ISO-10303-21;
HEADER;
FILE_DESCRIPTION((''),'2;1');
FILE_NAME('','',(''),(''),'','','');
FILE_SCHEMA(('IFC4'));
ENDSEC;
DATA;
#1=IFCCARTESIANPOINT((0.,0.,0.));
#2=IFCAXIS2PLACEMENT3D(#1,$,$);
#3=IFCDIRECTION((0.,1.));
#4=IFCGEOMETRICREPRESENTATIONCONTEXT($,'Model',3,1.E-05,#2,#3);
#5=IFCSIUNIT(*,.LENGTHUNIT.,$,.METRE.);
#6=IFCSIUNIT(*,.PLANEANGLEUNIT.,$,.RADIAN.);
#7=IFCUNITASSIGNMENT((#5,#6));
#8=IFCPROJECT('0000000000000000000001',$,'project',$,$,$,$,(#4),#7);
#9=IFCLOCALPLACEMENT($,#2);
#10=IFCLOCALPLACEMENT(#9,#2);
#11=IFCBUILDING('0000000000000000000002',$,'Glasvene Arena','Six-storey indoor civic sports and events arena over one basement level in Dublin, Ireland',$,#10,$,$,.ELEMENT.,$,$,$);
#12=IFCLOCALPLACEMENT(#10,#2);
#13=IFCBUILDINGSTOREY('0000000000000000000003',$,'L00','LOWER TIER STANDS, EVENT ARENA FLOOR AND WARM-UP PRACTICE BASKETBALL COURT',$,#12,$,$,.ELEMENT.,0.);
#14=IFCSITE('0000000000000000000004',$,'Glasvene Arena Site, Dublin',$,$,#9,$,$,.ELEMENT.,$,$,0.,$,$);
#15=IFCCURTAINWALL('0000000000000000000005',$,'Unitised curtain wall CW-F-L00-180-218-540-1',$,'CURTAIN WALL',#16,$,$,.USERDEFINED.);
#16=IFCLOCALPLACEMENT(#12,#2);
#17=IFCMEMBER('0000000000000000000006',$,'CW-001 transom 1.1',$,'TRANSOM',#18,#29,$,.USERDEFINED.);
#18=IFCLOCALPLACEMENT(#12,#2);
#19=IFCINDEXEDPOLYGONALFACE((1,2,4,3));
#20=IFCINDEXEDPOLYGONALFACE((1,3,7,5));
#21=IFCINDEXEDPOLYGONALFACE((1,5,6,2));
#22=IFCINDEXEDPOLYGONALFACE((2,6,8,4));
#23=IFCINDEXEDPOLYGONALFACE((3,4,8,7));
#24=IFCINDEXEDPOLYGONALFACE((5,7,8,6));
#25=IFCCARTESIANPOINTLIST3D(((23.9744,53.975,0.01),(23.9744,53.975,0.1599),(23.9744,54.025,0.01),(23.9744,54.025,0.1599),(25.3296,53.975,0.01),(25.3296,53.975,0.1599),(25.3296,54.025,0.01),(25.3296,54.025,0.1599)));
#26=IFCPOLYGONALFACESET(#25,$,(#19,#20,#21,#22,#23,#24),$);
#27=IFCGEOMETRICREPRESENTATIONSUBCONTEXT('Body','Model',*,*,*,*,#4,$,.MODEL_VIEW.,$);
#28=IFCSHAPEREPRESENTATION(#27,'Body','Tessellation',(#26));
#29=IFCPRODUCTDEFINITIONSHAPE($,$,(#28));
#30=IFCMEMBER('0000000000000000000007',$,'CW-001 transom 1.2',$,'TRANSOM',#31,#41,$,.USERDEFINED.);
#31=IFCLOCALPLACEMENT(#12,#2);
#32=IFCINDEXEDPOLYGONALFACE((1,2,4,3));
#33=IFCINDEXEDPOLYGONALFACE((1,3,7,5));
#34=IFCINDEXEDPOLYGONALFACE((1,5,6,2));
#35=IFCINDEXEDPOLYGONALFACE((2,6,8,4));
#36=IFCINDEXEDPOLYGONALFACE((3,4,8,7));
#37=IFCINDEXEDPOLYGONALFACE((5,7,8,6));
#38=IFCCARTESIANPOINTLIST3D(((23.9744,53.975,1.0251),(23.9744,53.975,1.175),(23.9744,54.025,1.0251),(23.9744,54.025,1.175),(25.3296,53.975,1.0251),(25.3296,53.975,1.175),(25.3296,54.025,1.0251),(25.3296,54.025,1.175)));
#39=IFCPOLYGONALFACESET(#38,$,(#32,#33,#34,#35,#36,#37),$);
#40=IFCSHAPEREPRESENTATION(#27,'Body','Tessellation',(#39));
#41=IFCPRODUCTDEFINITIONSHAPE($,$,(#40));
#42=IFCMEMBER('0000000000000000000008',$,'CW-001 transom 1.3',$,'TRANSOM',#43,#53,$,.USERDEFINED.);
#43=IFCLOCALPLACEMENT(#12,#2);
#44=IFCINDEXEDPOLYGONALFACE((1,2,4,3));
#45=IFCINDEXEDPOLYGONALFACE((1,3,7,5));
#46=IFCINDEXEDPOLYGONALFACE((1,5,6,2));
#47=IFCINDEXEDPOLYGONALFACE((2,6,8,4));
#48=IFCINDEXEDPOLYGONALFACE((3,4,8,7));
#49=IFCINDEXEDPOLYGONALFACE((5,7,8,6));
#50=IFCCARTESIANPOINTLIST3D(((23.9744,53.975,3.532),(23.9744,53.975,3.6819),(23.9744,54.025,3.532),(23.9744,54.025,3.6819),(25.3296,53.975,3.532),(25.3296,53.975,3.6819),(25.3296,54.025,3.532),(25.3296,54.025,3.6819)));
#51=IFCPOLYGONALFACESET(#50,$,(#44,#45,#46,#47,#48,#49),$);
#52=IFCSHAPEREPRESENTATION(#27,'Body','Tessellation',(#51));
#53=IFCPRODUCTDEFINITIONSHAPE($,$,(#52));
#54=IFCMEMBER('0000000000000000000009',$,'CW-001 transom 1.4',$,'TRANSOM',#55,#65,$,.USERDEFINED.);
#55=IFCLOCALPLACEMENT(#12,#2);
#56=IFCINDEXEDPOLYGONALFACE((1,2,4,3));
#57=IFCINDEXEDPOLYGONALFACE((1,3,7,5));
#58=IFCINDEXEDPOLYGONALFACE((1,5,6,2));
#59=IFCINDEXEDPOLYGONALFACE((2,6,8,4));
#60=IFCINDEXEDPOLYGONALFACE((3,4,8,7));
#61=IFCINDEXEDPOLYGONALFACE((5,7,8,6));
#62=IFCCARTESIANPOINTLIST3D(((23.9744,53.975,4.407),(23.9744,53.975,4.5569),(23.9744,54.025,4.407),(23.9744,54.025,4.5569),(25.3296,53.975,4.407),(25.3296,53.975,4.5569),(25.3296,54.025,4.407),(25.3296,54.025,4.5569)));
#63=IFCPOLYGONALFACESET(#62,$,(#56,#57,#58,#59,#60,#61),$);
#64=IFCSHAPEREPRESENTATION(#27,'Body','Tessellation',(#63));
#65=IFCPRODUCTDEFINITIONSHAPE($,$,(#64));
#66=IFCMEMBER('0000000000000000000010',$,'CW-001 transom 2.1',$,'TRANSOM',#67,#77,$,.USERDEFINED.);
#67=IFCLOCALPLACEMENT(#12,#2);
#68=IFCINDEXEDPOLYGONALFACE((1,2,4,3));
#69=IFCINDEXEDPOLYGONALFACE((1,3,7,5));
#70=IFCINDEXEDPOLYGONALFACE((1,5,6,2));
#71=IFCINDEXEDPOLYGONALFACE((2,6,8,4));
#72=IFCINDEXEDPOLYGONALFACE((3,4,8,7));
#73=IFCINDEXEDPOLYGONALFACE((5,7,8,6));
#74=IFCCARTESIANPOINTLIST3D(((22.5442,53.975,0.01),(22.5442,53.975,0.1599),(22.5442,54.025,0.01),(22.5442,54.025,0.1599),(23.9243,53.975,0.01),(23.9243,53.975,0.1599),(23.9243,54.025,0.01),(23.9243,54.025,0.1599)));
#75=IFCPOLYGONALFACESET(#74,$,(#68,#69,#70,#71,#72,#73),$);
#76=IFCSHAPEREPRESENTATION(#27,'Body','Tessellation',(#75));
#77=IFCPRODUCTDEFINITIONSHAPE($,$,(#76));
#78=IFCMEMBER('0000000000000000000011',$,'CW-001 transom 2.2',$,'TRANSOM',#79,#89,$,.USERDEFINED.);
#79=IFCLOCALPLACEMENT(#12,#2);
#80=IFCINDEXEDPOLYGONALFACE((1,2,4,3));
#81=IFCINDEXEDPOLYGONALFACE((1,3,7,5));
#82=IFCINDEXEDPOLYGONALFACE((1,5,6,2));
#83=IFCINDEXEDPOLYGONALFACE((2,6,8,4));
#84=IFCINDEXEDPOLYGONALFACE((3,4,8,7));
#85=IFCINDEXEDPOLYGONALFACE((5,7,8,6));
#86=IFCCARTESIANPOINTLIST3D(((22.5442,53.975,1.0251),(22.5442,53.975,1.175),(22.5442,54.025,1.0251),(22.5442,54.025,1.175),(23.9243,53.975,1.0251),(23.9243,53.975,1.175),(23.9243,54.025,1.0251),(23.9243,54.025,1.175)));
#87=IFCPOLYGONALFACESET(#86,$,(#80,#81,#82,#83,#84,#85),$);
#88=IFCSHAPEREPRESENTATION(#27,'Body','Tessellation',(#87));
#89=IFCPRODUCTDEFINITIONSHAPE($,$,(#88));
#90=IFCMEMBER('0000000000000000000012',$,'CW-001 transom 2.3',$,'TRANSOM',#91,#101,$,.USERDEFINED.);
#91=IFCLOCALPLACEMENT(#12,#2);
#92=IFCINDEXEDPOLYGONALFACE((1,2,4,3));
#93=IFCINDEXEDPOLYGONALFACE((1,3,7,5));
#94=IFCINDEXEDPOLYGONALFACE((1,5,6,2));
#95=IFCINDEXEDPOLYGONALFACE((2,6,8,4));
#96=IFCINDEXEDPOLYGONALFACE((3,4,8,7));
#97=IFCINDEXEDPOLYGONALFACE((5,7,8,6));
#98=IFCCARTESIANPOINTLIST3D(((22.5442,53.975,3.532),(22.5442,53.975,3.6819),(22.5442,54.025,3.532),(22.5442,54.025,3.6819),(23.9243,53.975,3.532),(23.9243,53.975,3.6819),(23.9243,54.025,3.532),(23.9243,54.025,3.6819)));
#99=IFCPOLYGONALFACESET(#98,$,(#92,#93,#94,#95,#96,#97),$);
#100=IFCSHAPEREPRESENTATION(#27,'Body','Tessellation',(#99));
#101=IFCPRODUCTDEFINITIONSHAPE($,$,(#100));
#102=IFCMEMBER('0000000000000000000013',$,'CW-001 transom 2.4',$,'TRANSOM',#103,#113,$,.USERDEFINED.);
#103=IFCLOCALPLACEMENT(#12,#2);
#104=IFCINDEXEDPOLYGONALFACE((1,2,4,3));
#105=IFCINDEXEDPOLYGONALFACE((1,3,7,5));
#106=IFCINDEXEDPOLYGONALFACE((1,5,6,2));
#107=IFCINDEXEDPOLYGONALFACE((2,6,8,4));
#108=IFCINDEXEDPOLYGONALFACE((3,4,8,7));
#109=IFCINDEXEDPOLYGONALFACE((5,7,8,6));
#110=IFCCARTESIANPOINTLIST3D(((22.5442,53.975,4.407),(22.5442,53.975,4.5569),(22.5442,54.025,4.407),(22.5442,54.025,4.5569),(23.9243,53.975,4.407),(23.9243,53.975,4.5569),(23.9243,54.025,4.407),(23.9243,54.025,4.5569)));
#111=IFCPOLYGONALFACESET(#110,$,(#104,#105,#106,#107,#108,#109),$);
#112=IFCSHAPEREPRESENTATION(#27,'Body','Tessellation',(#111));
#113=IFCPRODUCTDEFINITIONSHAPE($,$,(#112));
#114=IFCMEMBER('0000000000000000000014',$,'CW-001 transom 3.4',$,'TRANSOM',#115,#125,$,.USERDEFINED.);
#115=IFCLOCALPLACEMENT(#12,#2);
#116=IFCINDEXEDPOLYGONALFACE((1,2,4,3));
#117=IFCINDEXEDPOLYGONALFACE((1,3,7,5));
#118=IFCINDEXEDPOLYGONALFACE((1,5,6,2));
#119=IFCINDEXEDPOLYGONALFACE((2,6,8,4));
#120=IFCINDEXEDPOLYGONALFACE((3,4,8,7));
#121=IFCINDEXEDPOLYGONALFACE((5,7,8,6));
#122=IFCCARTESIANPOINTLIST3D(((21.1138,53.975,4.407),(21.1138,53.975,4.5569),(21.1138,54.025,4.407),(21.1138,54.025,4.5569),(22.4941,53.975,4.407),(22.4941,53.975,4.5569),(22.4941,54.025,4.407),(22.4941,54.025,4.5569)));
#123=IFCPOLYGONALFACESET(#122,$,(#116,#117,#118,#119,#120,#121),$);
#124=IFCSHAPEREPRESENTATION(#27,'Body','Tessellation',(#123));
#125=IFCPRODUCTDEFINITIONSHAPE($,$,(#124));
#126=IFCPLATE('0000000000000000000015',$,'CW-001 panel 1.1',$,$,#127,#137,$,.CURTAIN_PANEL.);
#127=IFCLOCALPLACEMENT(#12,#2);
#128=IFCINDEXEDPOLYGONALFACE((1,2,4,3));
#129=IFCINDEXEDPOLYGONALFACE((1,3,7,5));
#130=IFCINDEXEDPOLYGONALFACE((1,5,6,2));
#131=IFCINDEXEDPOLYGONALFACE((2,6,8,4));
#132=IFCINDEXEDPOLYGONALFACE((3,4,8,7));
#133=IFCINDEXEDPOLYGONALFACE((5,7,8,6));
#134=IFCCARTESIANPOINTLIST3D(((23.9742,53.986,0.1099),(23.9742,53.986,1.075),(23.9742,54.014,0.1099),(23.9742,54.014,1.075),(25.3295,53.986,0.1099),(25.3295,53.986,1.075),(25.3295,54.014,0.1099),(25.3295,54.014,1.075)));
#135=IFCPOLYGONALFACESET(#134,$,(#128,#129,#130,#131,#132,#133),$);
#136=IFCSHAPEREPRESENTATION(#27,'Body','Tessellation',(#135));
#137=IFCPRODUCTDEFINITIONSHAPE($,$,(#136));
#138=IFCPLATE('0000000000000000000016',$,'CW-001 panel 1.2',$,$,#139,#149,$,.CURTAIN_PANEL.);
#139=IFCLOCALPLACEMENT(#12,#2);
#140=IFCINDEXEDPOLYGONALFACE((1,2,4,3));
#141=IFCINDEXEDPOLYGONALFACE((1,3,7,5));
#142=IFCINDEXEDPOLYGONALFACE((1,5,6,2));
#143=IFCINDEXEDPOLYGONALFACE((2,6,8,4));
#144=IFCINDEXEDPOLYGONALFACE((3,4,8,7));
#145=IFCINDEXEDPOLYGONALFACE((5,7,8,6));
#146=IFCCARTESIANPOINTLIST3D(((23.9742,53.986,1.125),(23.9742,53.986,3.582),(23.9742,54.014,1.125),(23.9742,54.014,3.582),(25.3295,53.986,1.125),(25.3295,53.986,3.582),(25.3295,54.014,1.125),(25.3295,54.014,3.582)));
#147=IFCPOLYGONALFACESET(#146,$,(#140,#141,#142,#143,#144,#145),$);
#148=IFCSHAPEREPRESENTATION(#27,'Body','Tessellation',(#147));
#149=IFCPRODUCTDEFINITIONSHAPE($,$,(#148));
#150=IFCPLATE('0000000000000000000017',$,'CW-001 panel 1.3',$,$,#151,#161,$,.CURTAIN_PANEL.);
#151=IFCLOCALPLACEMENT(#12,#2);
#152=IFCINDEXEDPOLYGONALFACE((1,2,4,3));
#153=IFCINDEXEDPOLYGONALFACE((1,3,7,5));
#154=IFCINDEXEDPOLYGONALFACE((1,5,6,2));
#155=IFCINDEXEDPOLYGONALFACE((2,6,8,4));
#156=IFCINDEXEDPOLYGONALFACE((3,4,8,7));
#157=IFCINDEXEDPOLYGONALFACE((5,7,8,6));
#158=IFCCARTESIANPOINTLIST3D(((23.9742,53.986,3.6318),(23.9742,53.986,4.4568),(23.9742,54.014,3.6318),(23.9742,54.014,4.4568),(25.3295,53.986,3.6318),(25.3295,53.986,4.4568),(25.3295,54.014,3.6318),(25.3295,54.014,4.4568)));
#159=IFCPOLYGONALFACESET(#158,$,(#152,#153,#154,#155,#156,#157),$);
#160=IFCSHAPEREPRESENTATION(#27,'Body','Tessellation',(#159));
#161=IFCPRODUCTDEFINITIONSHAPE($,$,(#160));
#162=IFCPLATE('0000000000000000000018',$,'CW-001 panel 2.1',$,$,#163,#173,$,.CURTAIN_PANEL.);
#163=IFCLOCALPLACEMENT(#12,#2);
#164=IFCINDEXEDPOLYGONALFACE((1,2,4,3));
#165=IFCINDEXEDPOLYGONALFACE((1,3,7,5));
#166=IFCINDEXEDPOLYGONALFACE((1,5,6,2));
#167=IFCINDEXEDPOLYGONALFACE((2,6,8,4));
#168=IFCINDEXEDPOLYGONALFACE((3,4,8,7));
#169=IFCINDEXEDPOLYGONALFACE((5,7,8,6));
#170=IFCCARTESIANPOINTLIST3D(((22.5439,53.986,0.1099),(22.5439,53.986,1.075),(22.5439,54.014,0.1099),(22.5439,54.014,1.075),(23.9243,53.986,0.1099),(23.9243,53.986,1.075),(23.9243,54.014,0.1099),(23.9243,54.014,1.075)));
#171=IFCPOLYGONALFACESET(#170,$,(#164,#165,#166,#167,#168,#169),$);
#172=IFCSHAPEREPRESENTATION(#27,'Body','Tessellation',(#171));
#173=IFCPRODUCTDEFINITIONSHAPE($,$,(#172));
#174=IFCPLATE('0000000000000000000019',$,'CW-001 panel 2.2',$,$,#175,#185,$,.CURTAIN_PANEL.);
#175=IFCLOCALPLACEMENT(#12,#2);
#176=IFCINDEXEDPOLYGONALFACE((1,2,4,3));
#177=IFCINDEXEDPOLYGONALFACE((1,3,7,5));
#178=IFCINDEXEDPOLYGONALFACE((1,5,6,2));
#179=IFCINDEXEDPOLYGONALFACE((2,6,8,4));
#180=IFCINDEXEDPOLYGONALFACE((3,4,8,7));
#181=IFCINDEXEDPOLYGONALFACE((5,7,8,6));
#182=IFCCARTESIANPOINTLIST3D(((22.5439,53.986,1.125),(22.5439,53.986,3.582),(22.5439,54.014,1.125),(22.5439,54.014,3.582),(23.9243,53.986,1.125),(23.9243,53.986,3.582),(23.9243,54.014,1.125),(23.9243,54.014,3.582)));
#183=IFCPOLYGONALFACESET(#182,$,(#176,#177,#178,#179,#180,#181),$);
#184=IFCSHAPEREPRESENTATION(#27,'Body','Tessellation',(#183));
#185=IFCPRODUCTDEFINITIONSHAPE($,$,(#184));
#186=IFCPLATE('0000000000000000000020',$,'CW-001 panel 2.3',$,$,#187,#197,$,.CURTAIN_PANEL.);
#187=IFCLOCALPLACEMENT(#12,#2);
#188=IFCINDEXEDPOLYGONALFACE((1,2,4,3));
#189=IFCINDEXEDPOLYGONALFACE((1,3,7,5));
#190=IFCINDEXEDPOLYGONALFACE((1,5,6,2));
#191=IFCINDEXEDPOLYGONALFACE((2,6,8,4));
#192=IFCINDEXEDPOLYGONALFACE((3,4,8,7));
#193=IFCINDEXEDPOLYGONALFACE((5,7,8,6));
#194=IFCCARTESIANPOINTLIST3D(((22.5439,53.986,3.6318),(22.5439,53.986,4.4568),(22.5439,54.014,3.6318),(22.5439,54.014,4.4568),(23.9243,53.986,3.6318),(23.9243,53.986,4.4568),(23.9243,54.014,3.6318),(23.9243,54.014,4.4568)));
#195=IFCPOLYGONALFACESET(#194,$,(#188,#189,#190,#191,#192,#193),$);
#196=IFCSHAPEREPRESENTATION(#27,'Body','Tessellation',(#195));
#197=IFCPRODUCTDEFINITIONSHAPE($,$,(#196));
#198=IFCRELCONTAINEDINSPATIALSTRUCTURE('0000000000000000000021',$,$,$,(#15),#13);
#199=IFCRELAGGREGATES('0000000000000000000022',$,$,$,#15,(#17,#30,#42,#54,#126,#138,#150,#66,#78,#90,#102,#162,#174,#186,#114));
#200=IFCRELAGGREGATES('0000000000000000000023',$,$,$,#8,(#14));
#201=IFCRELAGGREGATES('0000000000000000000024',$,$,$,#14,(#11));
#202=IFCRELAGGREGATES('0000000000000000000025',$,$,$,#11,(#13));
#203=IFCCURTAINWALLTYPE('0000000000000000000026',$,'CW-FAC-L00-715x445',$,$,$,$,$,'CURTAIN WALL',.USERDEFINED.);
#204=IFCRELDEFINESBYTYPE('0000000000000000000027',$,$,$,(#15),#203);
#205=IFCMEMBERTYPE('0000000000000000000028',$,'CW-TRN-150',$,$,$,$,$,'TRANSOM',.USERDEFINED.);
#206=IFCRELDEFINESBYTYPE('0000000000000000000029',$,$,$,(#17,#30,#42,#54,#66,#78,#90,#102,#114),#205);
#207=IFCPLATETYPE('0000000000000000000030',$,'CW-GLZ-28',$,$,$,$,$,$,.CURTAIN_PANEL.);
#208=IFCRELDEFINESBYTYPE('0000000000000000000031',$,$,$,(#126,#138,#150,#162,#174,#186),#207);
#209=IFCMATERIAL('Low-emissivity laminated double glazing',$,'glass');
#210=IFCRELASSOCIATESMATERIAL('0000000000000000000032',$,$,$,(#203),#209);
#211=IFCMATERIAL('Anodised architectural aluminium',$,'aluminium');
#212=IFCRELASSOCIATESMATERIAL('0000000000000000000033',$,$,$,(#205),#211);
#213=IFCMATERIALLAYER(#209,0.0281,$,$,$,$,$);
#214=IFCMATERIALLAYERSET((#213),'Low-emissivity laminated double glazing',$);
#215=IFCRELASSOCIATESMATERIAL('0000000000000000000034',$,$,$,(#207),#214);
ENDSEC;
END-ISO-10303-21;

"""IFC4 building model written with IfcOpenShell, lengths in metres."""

from ifc_helpers import new_model, si_unit, direction, frame, origin, origin_2d, place, context, subcontext, project, spatial, rectangle, extrude, material, layer, layer_set, material_profile, profile_set, type_object, element, aggregate, save


model = new_model("IFC4")

# Units and contexts
model_context = context("Model", 3, precision=1e-05, world=origin(), true_north=direction((0.0, 1.0)))
body_context = subcontext(model_context, "Body", "Model", "MODEL_VIEW")
ifc_project = project(units=[si_unit("LENGTHUNIT", "METRE"), si_unit("PLANEANGLEUNIT", "RADIAN")], contexts=[model_context])

# Site, building, storey
site_placement = place(None, origin())
site = spatial("IfcSite", under=ifc_project, at=site_placement, Name="Glasvene Arena Site, Dublin", CompositionType="ELEMENT", RefElevation=0.0)
building_placement = place(site_placement, origin())
building = spatial("IfcBuilding", under=site, at=building_placement, Name="Glasvene Arena", Description="Six-storey indoor civic sports and events arena over one basement level in Dublin, Ireland", CompositionType="ELEMENT")
storey_placement = place(building_placement, origin())
storey = spatial("IfcBuildingStorey", under=building, at=storey_placement, Name="L00", Description="LOWER TIER STANDS, EVENT ARENA FLOOR AND WARM-UP PRACTICE BASKETBALL COURT", CompositionType="ELEMENT", Elevation=0.0)

# Curtain wall, members, plates
ifc_material_1 = material(Name="Low-emissivity laminated double glazing", Category="glass")
curtain_wall_type = type_object("IfcCurtainWallType", Name="CW-FAC-L00-715x445", ElementType="CURTAIN WALL", PredefinedType="USERDEFINED", material=ifc_material_1)
curtain_wall_placement = place(storey_placement, frame((25.3796, 54.0, 0.0)))
curtain_wall = element("IfcCurtainWall", 1, at=curtain_wall_placement, inside=storey, type_object=curtain_wall_type, Name="Unitised curtain wall CW-F-L00-180-218-540-1", ObjectType="CURTAIN WALL", PredefinedType="USERDEFINED")
ifc_material_2 = material(Name="Anodised architectural aluminium", Category="aluminium")
ifc_material_profile_1 = material_profile(ifc_material_2, rectangle(XDim=0.05, YDim=0.1499, at=origin_2d()), Name="ALU TRANSOM 50x150")
ifc_profile_set_1 = profile_set([ifc_material_profile_1], Name="Anodised architectural aluminium")
member_type_1 = type_object("IfcMemberType", Name="CW-TRN-150", ElementType="TRANSOM", PredefinedType="USERDEFINED", material=ifc_profile_set_1)
member_1_placement = place(storey_placement, frame((25.3296, 54.0, 0.085), z_axis=(-1.0, 0.0, 0.0), x_axis=(0.0, -1.0, 0.0)))
member_1 = element("IfcMember", 2, at=member_1_placement, type_object=member_type_1, Name="CW-001 transom 1.1", ObjectType="TRANSOM", PredefinedType="USERDEFINED", context=body_context, shape_type="SweptSolid", body=[
    extrude(rectangle(XDim=0.05, YDim=0.1499, at=origin_2d()), origin(), (0.0, 0.0, 1.0), 1.3552),
])
member_2_placement = place(storey_placement, frame((25.3296, 54.0, 1.1001), z_axis=(-1.0, 0.0, 0.0), x_axis=(0.0, -1.0, 0.0)))
member_2 = element("IfcMember", 3, at=member_2_placement, type_object=member_type_1, Name="CW-001 transom 1.2", ObjectType="TRANSOM", PredefinedType="USERDEFINED", context=body_context, shape_type="SweptSolid", body=[
    extrude(rectangle(XDim=0.05, YDim=0.1499, at=origin_2d()), origin(), (0.0, 0.0, 1.0), 1.3552),
])
member_3_placement = place(storey_placement, frame((25.3296, 54.0, 3.6069), z_axis=(-1.0, 0.0, 0.0), x_axis=(0.0, -1.0, 0.0)))
member_3 = element("IfcMember", 4, at=member_3_placement, type_object=member_type_1, Name="CW-001 transom 1.3", ObjectType="TRANSOM", PredefinedType="USERDEFINED", context=body_context, shape_type="SweptSolid", body=[
    extrude(rectangle(XDim=0.05, YDim=0.1499, at=origin_2d()), origin(), (0.0, 0.0, 1.0), 1.3552),
])
member_4_placement = place(storey_placement, frame((25.3296, 54.0, 4.4819), z_axis=(-1.0, 0.0, 0.0), x_axis=(0.0, -1.0, 0.0)))
member_4 = element("IfcMember", 5, at=member_4_placement, type_object=member_type_1, Name="CW-001 transom 1.4", ObjectType="TRANSOM", PredefinedType="USERDEFINED", context=body_context, shape_type="SweptSolid", body=[
    extrude(rectangle(XDim=0.05, YDim=0.1499, at=origin_2d()), origin(), (0.0, 0.0, 1.0), 1.3552),
])
member_5_placement = place(storey_placement, frame((23.9243, 54.0, 0.085), z_axis=(-1.0, 0.0, 0.0), x_axis=(0.0, -1.0, 0.0)))
member_5 = element("IfcMember", 6, at=member_5_placement, type_object=member_type_1, Name="CW-001 transom 2.1", ObjectType="TRANSOM", PredefinedType="USERDEFINED", context=body_context, shape_type="SweptSolid", body=[
    extrude(rectangle(XDim=0.05, YDim=0.1499, at=origin_2d()), origin(), (0.0, 0.0, 1.0), 1.3801),
])
member_6_placement = place(storey_placement, frame((23.9243, 54.0, 1.1001), z_axis=(-1.0, 0.0, 0.0), x_axis=(0.0, -1.0, 0.0)))
member_6 = element("IfcMember", 7, at=member_6_placement, type_object=member_type_1, Name="CW-001 transom 2.2", ObjectType="TRANSOM", PredefinedType="USERDEFINED", context=body_context, shape_type="SweptSolid", body=[
    extrude(rectangle(XDim=0.05, YDim=0.1499, at=origin_2d()), origin(), (0.0, 0.0, 1.0), 1.3801),
])
member_7_placement = place(storey_placement, frame((23.9243, 54.0, 3.6069), z_axis=(-1.0, 0.0, 0.0), x_axis=(0.0, -1.0, 0.0)))
member_7 = element("IfcMember", 8, at=member_7_placement, type_object=member_type_1, Name="CW-001 transom 2.3", ObjectType="TRANSOM", PredefinedType="USERDEFINED", context=body_context, shape_type="SweptSolid", body=[
    extrude(rectangle(XDim=0.05, YDim=0.1499, at=origin_2d()), origin(), (0.0, 0.0, 1.0), 1.3801),
])
member_8_placement = place(storey_placement, frame((23.9243, 54.0, 4.4819), z_axis=(-1.0, 0.0, 0.0), x_axis=(0.0, -1.0, 0.0)))
member_8 = element("IfcMember", 9, at=member_8_placement, type_object=member_type_1, Name="CW-001 transom 2.4", ObjectType="TRANSOM", PredefinedType="USERDEFINED", context=body_context, shape_type="SweptSolid", body=[
    extrude(rectangle(XDim=0.05, YDim=0.1499, at=origin_2d()), origin(), (0.0, 0.0, 1.0), 1.3801),
])
member_9_placement = place(storey_placement, frame((22.4941, 54.0, 4.4819), z_axis=(-1.0, 0.0, 0.0), x_axis=(0.0, -1.0, 0.0)))
member_9 = element("IfcMember", 10, at=member_9_placement, type_object=member_type_1, Name="CW-001 transom 3.4", ObjectType="TRANSOM", PredefinedType="USERDEFINED", context=body_context, shape_type="SweptSolid", body=[
    extrude(rectangle(XDim=0.05, YDim=0.1499, at=origin_2d()), origin(), (0.0, 0.0, 1.0), 1.3804),
])
ifc_layer_1 = layer(ifc_material_1, 0.0281)
ifc_layer_set_1 = layer_set([ifc_layer_1], Name="Low-emissivity laminated double glazing")
plate_type = type_object("IfcPlateType", Name="CW-GLZ-28", PredefinedType="CURTAIN_PANEL", material=ifc_layer_set_1)
plate_1_placement = place(storey_placement, frame((24.6519, 54.0, 0.1099), z_axis=(0.0, 0.0, 1.0), x_axis=(-1.0, 0.0, 0.0)))
plate_1 = element("IfcPlate", 11, at=plate_1_placement, type_object=plate_type, Name="CW-001 panel 1.1", PredefinedType="CURTAIN_PANEL", context=body_context, shape_type="SweptSolid", body=[
    extrude(rectangle(XDim=1.3552, YDim=0.0281, at=origin_2d()), origin(), (0.0, 0.0, 1.0), 0.9651),
])
plate_2_placement = place(storey_placement, frame((24.6519, 54.0, 1.125), z_axis=(0.0, 0.0, 1.0), x_axis=(-1.0, 0.0, 0.0)))
plate_2 = element("IfcPlate", 12, at=plate_2_placement, type_object=plate_type, Name="CW-001 panel 1.2", PredefinedType="CURTAIN_PANEL", context=body_context, shape_type="SweptSolid", body=[
    extrude(rectangle(XDim=1.3552, YDim=0.0281, at=origin_2d()), origin(), (0.0, 0.0, 1.0), 2.457),
])
plate_3_placement = place(storey_placement, frame((24.6519, 54.0, 3.6318), z_axis=(0.0, 0.0, 1.0), x_axis=(-1.0, 0.0, 0.0)))
plate_3 = element("IfcPlate", 13, at=plate_3_placement, type_object=plate_type, Name="CW-001 panel 1.3", PredefinedType="CURTAIN_PANEL", context=body_context, shape_type="SweptSolid", body=[
    extrude(rectangle(XDim=1.3552, YDim=0.0281, at=origin_2d()), origin(), (0.0, 0.0, 1.0), 0.825),
])
plate_4_placement = place(storey_placement, frame((23.2341, 54.0, 0.1099), z_axis=(0.0, 0.0, 1.0), x_axis=(-1.0, 0.0, 0.0)))
plate_4 = element("IfcPlate", 14, at=plate_4_placement, type_object=plate_type, Name="CW-001 panel 2.1", PredefinedType="CURTAIN_PANEL", context=body_context, shape_type="SweptSolid", body=[
    extrude(rectangle(XDim=1.3804, YDim=0.0281, at=origin_2d()), origin(), (0.0, 0.0, 1.0), 0.9651),
])
plate_5_placement = place(storey_placement, frame((23.2341, 54.0, 1.125), z_axis=(0.0, 0.0, 1.0), x_axis=(-1.0, 0.0, 0.0)))
plate_5 = element("IfcPlate", 15, at=plate_5_placement, type_object=plate_type, Name="CW-001 panel 2.2", PredefinedType="CURTAIN_PANEL", context=body_context, shape_type="SweptSolid", body=[
    extrude(rectangle(XDim=1.3804, YDim=0.0281, at=origin_2d()), origin(), (0.0, 0.0, 1.0), 2.457),
])
plate_6_placement = place(storey_placement, frame((23.2341, 54.0, 3.6318), z_axis=(0.0, 0.0, 1.0), x_axis=(-1.0, 0.0, 0.0)))
plate_6 = element("IfcPlate", 16, at=plate_6_placement, type_object=plate_type, Name="CW-001 panel 2.3", PredefinedType="CURTAIN_PANEL", context=body_context, shape_type="SweptSolid", body=[
    extrude(rectangle(XDim=1.3804, YDim=0.0281, at=origin_2d()), origin(), (0.0, 0.0, 1.0), 0.825),
])
aggregate(curtain_wall, [member_1, member_2, member_3, member_4, plate_1, plate_2, plate_3, member_5, member_6, member_7, member_8, plate_4, plate_5, plate_6, member_9])

save(model, "model.ifc")
